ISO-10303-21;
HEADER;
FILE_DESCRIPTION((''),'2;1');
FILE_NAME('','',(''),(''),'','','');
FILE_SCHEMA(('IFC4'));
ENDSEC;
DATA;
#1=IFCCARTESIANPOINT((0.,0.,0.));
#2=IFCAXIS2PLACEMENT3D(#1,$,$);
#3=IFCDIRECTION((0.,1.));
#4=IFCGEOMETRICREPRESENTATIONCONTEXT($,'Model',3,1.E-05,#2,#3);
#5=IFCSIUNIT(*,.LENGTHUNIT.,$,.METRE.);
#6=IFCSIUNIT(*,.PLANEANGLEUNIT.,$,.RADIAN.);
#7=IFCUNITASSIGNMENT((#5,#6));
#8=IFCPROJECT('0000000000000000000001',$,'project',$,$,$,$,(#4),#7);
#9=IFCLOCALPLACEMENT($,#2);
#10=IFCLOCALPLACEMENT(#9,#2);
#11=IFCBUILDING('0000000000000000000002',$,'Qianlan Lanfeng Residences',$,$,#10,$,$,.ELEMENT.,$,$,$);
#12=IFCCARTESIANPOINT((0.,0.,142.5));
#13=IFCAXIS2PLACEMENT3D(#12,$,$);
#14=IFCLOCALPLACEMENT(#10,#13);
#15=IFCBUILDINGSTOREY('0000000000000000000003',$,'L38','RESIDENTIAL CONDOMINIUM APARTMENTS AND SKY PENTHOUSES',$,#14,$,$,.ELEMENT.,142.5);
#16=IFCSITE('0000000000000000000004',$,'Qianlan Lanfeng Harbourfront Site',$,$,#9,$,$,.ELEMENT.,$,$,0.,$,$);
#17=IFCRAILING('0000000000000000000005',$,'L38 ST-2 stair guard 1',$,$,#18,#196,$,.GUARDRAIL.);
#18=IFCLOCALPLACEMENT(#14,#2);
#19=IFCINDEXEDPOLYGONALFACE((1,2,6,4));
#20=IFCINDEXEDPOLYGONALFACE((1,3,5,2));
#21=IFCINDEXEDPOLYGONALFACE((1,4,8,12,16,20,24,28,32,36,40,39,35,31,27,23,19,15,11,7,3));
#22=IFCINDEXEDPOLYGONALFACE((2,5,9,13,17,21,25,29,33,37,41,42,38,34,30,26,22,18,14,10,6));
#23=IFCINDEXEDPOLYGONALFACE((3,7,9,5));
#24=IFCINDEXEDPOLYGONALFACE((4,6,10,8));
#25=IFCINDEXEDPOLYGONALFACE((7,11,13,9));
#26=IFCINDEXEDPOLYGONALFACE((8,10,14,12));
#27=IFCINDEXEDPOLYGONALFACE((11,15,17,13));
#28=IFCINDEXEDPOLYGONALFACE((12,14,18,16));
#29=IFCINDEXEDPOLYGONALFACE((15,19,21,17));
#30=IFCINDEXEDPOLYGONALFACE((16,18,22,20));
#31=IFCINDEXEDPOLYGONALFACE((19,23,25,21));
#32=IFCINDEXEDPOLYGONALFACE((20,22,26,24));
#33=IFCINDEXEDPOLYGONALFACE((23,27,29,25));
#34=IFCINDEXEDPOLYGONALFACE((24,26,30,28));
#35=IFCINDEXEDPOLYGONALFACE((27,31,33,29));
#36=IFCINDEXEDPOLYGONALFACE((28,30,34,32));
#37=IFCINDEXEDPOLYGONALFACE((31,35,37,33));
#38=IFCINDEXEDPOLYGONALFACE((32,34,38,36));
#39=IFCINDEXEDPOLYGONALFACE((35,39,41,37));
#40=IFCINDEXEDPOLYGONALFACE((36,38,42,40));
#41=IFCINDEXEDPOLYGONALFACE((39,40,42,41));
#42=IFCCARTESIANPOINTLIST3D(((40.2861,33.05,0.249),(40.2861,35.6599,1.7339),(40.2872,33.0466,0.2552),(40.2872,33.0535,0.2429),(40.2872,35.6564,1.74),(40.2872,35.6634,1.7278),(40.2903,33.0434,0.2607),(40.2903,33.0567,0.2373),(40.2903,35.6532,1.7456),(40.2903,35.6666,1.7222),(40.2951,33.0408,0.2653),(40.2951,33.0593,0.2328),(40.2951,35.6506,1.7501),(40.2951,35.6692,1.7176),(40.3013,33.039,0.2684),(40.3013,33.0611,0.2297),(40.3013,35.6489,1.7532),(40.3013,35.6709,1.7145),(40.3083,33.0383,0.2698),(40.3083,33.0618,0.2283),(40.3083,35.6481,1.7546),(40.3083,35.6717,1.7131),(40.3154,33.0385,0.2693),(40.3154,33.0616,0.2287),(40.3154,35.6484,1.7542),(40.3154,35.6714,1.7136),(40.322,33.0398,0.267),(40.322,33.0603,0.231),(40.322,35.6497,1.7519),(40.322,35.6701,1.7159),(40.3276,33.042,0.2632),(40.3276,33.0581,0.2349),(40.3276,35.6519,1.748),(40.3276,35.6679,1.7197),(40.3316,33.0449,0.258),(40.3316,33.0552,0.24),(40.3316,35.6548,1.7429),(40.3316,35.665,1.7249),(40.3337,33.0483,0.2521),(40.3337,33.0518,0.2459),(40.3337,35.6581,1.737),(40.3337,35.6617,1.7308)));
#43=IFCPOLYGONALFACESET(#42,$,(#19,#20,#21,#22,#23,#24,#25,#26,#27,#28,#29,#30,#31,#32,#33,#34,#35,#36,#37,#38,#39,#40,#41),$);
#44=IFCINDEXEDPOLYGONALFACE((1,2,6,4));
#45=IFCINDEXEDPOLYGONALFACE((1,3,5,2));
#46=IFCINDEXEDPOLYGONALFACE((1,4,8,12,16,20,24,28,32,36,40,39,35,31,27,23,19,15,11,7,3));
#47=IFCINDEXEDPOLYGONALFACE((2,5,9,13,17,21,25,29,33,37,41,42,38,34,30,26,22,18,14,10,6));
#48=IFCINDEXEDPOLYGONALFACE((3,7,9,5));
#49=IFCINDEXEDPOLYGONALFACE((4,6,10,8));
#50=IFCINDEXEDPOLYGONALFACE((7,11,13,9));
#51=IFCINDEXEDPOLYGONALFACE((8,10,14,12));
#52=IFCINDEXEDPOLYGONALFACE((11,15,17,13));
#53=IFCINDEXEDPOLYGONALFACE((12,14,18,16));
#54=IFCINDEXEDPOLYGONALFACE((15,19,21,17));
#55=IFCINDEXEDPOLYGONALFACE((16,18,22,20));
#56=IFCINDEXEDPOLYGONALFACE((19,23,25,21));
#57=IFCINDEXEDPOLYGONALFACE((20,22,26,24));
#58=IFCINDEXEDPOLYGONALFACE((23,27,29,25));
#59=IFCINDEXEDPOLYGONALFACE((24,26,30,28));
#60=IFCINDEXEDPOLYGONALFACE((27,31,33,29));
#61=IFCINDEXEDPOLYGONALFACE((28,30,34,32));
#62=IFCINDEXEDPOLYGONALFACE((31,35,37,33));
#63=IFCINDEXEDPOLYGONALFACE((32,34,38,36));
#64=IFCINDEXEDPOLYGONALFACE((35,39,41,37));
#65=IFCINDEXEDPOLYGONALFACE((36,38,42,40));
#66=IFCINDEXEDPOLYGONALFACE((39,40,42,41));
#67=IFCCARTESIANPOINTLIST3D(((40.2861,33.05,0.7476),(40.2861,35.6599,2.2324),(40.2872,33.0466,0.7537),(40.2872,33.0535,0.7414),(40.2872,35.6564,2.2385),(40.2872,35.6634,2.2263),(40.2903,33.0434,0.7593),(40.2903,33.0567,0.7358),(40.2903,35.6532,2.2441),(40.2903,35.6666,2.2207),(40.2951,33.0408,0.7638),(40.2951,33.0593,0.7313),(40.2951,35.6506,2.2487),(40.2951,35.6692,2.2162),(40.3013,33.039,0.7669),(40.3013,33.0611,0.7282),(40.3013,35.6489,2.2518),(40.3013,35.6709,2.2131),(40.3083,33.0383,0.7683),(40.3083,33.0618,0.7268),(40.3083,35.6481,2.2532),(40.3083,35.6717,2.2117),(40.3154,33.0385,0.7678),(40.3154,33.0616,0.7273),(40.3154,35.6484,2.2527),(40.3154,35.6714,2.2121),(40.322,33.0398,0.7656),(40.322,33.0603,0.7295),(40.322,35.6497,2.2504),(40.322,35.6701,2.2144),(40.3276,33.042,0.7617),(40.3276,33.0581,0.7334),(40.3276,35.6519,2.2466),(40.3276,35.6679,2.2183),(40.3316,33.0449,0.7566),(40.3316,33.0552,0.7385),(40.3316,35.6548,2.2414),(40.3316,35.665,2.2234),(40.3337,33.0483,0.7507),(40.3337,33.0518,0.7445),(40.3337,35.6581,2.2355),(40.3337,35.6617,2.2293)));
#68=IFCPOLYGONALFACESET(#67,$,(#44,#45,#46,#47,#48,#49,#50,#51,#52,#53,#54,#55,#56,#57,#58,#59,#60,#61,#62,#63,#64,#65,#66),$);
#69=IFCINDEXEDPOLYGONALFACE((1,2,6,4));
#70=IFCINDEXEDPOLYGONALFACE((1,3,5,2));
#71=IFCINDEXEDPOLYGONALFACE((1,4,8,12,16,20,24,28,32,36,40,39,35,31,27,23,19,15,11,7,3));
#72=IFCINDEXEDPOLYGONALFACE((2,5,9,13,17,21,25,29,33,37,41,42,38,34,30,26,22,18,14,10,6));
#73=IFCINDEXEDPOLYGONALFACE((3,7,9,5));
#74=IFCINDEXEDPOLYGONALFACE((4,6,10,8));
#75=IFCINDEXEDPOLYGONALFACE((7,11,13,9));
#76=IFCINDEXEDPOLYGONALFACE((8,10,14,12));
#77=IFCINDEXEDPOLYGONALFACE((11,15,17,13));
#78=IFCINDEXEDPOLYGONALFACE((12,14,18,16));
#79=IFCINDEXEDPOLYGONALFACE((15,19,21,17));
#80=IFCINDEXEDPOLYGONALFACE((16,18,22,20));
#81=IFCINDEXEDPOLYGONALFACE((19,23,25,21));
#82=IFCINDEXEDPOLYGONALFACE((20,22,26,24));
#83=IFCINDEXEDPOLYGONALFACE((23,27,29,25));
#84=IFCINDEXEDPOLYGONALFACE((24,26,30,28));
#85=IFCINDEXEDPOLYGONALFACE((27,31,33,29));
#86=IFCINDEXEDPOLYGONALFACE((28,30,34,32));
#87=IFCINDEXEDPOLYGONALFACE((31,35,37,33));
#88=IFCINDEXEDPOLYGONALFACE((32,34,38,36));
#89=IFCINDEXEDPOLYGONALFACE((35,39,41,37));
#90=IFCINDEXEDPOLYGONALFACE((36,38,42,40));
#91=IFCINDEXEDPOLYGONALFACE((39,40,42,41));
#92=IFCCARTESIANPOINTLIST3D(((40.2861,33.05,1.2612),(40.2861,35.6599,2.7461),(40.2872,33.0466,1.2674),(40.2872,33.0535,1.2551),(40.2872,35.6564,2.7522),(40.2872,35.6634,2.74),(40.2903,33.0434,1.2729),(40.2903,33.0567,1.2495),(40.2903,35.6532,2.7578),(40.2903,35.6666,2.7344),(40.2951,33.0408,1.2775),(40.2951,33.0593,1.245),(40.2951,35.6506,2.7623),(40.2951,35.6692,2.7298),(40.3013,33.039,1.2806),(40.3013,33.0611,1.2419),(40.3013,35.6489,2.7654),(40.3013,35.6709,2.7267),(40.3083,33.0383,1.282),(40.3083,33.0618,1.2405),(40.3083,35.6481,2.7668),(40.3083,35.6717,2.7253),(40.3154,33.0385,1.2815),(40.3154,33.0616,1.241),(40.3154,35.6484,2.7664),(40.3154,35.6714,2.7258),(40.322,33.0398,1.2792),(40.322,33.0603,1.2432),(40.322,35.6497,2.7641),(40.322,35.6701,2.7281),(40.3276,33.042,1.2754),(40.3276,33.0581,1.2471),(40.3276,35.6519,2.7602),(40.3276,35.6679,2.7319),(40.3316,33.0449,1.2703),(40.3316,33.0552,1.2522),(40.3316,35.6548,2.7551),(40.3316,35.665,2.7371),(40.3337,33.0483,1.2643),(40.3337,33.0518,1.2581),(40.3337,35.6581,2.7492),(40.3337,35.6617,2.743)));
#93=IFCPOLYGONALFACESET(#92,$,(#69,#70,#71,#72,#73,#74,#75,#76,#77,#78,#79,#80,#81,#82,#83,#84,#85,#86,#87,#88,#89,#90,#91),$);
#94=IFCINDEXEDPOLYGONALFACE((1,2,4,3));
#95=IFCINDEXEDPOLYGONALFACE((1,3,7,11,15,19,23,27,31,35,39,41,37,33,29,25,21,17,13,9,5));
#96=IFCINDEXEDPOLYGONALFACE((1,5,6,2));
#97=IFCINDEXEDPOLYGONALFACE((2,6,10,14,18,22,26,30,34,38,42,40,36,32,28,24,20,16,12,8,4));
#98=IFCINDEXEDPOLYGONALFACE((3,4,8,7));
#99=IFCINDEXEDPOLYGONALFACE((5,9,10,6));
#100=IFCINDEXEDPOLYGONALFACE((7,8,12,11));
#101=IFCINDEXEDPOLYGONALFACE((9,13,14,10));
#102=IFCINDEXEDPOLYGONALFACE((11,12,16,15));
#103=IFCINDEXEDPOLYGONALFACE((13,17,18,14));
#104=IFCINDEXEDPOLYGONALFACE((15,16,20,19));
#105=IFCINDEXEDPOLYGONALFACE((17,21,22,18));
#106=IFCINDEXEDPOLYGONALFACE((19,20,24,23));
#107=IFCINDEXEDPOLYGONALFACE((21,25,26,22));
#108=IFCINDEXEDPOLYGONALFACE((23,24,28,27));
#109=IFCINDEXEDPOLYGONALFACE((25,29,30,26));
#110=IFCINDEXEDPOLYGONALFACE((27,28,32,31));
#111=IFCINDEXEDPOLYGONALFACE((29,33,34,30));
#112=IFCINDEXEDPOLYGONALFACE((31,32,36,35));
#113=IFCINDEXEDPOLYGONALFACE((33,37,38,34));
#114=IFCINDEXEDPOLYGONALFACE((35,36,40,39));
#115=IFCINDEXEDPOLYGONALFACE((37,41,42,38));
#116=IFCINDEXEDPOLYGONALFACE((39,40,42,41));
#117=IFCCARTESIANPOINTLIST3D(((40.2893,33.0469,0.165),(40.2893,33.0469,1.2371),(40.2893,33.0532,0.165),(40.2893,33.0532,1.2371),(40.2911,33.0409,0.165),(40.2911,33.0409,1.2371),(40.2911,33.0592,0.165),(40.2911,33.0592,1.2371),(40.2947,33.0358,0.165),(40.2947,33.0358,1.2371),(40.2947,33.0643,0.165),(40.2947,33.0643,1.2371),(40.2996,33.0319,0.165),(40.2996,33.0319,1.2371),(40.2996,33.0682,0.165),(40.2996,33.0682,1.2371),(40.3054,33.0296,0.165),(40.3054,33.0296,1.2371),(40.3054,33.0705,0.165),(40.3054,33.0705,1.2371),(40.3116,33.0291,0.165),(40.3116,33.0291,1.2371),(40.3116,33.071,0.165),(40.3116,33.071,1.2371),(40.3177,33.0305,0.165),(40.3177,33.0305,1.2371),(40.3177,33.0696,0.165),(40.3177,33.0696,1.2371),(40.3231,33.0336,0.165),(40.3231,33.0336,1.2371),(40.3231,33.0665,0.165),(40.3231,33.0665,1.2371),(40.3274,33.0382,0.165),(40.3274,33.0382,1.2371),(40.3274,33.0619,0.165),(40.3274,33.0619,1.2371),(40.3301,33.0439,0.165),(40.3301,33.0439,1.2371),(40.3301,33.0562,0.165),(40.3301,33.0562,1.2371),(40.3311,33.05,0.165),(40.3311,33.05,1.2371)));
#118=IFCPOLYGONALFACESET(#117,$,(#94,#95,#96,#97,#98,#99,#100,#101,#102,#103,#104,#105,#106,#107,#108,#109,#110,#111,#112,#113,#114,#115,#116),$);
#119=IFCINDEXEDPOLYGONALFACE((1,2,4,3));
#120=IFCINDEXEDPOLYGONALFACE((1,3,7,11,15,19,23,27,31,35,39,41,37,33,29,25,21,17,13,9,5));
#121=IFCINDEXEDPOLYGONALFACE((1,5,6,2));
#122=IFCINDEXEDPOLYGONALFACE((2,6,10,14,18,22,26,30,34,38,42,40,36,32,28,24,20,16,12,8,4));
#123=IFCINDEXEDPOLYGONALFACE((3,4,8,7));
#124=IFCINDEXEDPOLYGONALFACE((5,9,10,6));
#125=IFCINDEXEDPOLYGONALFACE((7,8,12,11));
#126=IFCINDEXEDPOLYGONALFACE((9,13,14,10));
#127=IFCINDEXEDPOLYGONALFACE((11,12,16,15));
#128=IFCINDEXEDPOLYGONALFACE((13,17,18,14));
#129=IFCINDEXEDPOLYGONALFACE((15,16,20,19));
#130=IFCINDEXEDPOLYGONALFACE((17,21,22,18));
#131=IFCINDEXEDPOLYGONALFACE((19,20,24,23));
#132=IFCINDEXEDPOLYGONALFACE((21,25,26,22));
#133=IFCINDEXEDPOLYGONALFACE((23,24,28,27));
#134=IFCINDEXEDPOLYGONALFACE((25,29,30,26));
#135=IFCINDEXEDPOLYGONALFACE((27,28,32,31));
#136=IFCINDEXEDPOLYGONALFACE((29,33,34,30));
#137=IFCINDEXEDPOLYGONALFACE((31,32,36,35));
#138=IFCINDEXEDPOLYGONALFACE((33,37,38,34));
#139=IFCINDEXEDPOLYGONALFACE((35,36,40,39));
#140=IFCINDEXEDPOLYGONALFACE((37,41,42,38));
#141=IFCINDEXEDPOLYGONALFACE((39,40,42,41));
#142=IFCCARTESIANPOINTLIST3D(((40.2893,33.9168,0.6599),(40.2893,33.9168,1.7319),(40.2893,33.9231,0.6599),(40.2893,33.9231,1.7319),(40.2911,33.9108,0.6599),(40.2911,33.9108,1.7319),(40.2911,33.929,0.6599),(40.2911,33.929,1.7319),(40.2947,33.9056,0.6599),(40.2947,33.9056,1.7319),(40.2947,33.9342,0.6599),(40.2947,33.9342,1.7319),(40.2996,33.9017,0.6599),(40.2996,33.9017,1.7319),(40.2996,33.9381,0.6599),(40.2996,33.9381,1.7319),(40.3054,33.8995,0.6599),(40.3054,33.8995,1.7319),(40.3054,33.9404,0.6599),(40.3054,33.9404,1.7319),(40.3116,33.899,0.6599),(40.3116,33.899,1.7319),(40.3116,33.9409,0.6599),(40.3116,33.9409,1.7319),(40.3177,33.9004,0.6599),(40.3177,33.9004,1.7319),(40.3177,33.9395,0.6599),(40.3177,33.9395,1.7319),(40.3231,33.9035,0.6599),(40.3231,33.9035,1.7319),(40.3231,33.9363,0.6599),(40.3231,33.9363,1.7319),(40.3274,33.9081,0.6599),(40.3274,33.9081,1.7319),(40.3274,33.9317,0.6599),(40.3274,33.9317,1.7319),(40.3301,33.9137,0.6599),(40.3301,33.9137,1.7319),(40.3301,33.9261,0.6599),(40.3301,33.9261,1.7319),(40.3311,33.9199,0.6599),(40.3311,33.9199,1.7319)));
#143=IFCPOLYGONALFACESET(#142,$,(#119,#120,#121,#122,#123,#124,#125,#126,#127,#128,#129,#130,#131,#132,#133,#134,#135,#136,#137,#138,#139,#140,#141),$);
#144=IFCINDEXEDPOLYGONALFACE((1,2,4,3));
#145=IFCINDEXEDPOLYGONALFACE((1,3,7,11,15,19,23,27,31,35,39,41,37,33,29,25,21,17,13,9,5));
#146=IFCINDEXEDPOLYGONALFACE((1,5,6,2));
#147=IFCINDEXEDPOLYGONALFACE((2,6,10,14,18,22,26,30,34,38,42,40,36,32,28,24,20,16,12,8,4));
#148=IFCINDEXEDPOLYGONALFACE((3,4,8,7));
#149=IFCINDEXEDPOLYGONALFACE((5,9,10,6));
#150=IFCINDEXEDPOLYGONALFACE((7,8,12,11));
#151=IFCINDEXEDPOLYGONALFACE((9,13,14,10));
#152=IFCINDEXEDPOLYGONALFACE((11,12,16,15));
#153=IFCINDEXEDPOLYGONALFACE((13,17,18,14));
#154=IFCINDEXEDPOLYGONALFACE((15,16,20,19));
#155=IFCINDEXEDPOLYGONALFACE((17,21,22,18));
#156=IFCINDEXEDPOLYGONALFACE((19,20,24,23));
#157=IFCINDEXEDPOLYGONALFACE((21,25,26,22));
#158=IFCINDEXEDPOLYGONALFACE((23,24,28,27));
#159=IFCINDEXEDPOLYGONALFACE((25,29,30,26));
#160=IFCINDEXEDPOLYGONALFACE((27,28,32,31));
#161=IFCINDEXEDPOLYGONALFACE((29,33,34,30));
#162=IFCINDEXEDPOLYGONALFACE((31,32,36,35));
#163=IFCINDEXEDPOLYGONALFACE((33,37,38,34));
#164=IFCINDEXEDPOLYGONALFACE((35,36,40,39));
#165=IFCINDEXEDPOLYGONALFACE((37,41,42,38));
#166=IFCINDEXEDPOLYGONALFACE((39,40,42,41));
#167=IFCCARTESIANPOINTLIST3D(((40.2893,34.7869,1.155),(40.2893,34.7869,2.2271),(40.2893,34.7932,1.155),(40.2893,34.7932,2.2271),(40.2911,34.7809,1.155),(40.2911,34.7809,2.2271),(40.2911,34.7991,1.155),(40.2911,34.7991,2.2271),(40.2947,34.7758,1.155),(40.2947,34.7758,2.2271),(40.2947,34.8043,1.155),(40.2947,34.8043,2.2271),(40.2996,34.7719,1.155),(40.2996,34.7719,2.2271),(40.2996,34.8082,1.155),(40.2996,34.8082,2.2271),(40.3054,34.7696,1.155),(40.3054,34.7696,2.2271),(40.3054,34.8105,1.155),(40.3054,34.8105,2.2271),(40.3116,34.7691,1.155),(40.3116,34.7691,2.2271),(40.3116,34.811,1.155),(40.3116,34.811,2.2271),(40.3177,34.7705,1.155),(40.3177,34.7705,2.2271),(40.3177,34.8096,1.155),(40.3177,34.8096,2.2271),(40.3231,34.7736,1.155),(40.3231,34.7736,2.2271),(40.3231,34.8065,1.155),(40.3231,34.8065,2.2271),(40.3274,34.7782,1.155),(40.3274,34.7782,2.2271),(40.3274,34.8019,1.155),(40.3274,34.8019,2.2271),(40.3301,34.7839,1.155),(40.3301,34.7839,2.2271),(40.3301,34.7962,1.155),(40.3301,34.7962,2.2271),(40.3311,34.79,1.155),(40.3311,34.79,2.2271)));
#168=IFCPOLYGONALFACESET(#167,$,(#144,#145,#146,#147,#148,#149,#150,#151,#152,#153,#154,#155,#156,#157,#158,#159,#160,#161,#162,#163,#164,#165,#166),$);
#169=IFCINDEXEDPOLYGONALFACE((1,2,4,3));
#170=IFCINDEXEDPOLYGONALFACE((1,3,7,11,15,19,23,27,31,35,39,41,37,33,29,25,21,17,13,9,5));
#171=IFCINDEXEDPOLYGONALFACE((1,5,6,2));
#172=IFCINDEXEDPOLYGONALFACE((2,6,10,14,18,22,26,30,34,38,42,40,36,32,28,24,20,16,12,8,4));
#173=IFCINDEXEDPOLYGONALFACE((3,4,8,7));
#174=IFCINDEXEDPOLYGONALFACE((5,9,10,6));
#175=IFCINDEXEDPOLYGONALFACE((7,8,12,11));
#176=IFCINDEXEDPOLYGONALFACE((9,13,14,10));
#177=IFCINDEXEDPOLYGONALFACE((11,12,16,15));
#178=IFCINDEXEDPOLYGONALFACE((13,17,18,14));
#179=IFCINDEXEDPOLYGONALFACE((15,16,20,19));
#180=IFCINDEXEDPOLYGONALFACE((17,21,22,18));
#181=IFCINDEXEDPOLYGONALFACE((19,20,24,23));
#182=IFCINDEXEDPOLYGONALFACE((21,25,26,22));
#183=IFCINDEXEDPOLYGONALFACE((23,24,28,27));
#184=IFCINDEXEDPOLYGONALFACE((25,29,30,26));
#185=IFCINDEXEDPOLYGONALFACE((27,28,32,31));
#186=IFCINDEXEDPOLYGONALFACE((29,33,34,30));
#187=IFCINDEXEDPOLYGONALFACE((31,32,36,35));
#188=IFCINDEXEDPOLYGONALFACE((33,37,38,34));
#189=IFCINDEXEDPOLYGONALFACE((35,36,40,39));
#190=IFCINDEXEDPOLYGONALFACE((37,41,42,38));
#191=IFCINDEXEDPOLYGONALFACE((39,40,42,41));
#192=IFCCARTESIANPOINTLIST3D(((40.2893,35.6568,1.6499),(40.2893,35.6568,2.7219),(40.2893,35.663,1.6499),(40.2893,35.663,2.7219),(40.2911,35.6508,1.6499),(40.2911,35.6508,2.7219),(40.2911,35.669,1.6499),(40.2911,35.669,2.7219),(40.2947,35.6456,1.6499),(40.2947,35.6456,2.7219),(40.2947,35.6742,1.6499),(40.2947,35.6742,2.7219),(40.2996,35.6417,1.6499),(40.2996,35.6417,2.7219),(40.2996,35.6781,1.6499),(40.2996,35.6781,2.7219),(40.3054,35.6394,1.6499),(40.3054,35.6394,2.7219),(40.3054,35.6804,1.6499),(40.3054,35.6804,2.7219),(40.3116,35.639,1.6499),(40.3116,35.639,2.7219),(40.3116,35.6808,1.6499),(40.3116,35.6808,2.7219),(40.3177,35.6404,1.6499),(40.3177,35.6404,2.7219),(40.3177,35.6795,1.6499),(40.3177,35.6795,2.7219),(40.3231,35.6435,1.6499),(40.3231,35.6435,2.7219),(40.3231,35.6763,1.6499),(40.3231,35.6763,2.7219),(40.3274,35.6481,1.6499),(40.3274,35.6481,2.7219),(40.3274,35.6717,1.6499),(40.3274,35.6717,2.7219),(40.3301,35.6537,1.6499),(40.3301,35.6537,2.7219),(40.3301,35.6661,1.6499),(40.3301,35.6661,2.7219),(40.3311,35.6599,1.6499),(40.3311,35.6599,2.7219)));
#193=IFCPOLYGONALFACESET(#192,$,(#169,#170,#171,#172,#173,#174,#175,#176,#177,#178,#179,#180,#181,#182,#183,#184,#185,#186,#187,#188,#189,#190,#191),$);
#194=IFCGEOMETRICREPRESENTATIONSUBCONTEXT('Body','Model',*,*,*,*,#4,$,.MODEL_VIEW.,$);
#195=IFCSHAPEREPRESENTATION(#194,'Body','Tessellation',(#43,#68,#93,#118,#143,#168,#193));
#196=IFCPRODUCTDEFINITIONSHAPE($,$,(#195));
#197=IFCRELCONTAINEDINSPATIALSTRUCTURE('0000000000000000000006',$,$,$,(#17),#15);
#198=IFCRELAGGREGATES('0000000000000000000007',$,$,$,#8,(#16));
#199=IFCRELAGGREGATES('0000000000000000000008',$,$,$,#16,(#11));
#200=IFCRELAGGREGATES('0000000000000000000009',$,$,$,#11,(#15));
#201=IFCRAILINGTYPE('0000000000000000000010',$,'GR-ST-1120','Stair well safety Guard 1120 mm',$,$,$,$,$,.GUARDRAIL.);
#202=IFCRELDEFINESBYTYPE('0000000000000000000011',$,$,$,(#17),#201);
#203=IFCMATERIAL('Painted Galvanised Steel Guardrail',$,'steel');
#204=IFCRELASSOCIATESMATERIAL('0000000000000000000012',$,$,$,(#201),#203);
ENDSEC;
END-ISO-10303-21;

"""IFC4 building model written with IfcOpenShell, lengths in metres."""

from ifc_helpers import new_model, si_unit, direction, frame, origin, origin_2d, place, context, subcontext, project, spatial, circle, extrude, material, type_object, element, save


model = new_model("IFC4")

# Units and contexts
model_context = context("Model", 3, precision=1e-05, world=origin(), true_north=direction((0.0, 1.0)))
body_context = subcontext(model_context, "Body", "Model", "MODEL_VIEW")
ifc_project = project(units=[si_unit("LENGTHUNIT", "METRE"), si_unit("PLANEANGLEUNIT", "RADIAN")], contexts=[model_context])

# Site, building, storey
site_placement = place(None, origin())
site = spatial("IfcSite", under=ifc_project, at=site_placement, Name="Qianlan Lanfeng Harbourfront Site", CompositionType="ELEMENT", RefElevation=0.0)
building_placement = place(site_placement, origin())
building = spatial("IfcBuilding", under=site, at=building_placement, Name="Qianlan Lanfeng Residences", CompositionType="ELEMENT")
storey_placement = place(building_placement, frame((0.0, 0.0, 142.5)))
storey = spatial("IfcBuildingStorey", under=building, at=storey_placement, Name="L38", Description="RESIDENTIAL CONDOMINIUM APARTMENTS AND SKY PENTHOUSES", CompositionType="ELEMENT", Elevation=142.5)

# Railing
ifc_material_1 = material(Name="Painted Galvanised Steel Guardrail", Category="steel")
railing_type_1 = type_object("IfcRailingType", Name="GR-ST-1120", Description="Stair well safety Guard 1120 mm", PredefinedType="GUARDRAIL", material=ifc_material_1)
railing_1_placement = place(storey_placement, frame((40.3101, 33.05, 0.165)))
element("IfcRailing", 1, at=railing_1_placement, inside=storey, type_object=railing_type_1, Name="L38 ST-2 stair guard 1", PredefinedType="GUARDRAIL", context=body_context, shape_type="SweptSolid", body=[
    extrude(circle(Radius=0.0239, at=origin_2d()), frame((0.0, 0.0, 0.084), z_axis=(0.0, 0.869172, 0.494509), x_axis=(-1.0, 0.0, 0.0)), (0.0, 0.0, 1.0), 3.0027),
    extrude(circle(Radius=0.0239, at=origin_2d()), frame((0.0, 0.0, 0.5825), z_axis=(0.0, 0.869172, 0.494509), x_axis=(-1.0, 0.0, 0.0)), (0.0, 0.0, 1.0), 3.0027),
    extrude(circle(Radius=0.0239, at=origin_2d()), frame((0.0, 0.0, 1.0962), z_axis=(0.0, 0.869172, 0.494509), x_axis=(-1.0, 0.0, 0.0)), (0.0, 0.0, 1.0), 3.0027),
    extrude(circle(Radius=0.021, at=origin_2d()), origin(), (0.0, 0.0, 1.0), 1.072),
    extrude(circle(Radius=0.021, at=origin_2d()), frame((0.0, 0.8699, 0.4949)), (0.0, 0.0, 1.0), 1.072),
    extrude(circle(Radius=0.021, at=origin_2d()), frame((0.0, 1.74, 0.99)), (0.0, 0.0, 1.0), 1.072),
    extrude(circle(Radius=0.021, at=origin_2d()), frame((0.0, 2.6099, 1.4849)), (0.0, 0.0, 1.0), 1.072),
])

save(model, "model.ifc")
